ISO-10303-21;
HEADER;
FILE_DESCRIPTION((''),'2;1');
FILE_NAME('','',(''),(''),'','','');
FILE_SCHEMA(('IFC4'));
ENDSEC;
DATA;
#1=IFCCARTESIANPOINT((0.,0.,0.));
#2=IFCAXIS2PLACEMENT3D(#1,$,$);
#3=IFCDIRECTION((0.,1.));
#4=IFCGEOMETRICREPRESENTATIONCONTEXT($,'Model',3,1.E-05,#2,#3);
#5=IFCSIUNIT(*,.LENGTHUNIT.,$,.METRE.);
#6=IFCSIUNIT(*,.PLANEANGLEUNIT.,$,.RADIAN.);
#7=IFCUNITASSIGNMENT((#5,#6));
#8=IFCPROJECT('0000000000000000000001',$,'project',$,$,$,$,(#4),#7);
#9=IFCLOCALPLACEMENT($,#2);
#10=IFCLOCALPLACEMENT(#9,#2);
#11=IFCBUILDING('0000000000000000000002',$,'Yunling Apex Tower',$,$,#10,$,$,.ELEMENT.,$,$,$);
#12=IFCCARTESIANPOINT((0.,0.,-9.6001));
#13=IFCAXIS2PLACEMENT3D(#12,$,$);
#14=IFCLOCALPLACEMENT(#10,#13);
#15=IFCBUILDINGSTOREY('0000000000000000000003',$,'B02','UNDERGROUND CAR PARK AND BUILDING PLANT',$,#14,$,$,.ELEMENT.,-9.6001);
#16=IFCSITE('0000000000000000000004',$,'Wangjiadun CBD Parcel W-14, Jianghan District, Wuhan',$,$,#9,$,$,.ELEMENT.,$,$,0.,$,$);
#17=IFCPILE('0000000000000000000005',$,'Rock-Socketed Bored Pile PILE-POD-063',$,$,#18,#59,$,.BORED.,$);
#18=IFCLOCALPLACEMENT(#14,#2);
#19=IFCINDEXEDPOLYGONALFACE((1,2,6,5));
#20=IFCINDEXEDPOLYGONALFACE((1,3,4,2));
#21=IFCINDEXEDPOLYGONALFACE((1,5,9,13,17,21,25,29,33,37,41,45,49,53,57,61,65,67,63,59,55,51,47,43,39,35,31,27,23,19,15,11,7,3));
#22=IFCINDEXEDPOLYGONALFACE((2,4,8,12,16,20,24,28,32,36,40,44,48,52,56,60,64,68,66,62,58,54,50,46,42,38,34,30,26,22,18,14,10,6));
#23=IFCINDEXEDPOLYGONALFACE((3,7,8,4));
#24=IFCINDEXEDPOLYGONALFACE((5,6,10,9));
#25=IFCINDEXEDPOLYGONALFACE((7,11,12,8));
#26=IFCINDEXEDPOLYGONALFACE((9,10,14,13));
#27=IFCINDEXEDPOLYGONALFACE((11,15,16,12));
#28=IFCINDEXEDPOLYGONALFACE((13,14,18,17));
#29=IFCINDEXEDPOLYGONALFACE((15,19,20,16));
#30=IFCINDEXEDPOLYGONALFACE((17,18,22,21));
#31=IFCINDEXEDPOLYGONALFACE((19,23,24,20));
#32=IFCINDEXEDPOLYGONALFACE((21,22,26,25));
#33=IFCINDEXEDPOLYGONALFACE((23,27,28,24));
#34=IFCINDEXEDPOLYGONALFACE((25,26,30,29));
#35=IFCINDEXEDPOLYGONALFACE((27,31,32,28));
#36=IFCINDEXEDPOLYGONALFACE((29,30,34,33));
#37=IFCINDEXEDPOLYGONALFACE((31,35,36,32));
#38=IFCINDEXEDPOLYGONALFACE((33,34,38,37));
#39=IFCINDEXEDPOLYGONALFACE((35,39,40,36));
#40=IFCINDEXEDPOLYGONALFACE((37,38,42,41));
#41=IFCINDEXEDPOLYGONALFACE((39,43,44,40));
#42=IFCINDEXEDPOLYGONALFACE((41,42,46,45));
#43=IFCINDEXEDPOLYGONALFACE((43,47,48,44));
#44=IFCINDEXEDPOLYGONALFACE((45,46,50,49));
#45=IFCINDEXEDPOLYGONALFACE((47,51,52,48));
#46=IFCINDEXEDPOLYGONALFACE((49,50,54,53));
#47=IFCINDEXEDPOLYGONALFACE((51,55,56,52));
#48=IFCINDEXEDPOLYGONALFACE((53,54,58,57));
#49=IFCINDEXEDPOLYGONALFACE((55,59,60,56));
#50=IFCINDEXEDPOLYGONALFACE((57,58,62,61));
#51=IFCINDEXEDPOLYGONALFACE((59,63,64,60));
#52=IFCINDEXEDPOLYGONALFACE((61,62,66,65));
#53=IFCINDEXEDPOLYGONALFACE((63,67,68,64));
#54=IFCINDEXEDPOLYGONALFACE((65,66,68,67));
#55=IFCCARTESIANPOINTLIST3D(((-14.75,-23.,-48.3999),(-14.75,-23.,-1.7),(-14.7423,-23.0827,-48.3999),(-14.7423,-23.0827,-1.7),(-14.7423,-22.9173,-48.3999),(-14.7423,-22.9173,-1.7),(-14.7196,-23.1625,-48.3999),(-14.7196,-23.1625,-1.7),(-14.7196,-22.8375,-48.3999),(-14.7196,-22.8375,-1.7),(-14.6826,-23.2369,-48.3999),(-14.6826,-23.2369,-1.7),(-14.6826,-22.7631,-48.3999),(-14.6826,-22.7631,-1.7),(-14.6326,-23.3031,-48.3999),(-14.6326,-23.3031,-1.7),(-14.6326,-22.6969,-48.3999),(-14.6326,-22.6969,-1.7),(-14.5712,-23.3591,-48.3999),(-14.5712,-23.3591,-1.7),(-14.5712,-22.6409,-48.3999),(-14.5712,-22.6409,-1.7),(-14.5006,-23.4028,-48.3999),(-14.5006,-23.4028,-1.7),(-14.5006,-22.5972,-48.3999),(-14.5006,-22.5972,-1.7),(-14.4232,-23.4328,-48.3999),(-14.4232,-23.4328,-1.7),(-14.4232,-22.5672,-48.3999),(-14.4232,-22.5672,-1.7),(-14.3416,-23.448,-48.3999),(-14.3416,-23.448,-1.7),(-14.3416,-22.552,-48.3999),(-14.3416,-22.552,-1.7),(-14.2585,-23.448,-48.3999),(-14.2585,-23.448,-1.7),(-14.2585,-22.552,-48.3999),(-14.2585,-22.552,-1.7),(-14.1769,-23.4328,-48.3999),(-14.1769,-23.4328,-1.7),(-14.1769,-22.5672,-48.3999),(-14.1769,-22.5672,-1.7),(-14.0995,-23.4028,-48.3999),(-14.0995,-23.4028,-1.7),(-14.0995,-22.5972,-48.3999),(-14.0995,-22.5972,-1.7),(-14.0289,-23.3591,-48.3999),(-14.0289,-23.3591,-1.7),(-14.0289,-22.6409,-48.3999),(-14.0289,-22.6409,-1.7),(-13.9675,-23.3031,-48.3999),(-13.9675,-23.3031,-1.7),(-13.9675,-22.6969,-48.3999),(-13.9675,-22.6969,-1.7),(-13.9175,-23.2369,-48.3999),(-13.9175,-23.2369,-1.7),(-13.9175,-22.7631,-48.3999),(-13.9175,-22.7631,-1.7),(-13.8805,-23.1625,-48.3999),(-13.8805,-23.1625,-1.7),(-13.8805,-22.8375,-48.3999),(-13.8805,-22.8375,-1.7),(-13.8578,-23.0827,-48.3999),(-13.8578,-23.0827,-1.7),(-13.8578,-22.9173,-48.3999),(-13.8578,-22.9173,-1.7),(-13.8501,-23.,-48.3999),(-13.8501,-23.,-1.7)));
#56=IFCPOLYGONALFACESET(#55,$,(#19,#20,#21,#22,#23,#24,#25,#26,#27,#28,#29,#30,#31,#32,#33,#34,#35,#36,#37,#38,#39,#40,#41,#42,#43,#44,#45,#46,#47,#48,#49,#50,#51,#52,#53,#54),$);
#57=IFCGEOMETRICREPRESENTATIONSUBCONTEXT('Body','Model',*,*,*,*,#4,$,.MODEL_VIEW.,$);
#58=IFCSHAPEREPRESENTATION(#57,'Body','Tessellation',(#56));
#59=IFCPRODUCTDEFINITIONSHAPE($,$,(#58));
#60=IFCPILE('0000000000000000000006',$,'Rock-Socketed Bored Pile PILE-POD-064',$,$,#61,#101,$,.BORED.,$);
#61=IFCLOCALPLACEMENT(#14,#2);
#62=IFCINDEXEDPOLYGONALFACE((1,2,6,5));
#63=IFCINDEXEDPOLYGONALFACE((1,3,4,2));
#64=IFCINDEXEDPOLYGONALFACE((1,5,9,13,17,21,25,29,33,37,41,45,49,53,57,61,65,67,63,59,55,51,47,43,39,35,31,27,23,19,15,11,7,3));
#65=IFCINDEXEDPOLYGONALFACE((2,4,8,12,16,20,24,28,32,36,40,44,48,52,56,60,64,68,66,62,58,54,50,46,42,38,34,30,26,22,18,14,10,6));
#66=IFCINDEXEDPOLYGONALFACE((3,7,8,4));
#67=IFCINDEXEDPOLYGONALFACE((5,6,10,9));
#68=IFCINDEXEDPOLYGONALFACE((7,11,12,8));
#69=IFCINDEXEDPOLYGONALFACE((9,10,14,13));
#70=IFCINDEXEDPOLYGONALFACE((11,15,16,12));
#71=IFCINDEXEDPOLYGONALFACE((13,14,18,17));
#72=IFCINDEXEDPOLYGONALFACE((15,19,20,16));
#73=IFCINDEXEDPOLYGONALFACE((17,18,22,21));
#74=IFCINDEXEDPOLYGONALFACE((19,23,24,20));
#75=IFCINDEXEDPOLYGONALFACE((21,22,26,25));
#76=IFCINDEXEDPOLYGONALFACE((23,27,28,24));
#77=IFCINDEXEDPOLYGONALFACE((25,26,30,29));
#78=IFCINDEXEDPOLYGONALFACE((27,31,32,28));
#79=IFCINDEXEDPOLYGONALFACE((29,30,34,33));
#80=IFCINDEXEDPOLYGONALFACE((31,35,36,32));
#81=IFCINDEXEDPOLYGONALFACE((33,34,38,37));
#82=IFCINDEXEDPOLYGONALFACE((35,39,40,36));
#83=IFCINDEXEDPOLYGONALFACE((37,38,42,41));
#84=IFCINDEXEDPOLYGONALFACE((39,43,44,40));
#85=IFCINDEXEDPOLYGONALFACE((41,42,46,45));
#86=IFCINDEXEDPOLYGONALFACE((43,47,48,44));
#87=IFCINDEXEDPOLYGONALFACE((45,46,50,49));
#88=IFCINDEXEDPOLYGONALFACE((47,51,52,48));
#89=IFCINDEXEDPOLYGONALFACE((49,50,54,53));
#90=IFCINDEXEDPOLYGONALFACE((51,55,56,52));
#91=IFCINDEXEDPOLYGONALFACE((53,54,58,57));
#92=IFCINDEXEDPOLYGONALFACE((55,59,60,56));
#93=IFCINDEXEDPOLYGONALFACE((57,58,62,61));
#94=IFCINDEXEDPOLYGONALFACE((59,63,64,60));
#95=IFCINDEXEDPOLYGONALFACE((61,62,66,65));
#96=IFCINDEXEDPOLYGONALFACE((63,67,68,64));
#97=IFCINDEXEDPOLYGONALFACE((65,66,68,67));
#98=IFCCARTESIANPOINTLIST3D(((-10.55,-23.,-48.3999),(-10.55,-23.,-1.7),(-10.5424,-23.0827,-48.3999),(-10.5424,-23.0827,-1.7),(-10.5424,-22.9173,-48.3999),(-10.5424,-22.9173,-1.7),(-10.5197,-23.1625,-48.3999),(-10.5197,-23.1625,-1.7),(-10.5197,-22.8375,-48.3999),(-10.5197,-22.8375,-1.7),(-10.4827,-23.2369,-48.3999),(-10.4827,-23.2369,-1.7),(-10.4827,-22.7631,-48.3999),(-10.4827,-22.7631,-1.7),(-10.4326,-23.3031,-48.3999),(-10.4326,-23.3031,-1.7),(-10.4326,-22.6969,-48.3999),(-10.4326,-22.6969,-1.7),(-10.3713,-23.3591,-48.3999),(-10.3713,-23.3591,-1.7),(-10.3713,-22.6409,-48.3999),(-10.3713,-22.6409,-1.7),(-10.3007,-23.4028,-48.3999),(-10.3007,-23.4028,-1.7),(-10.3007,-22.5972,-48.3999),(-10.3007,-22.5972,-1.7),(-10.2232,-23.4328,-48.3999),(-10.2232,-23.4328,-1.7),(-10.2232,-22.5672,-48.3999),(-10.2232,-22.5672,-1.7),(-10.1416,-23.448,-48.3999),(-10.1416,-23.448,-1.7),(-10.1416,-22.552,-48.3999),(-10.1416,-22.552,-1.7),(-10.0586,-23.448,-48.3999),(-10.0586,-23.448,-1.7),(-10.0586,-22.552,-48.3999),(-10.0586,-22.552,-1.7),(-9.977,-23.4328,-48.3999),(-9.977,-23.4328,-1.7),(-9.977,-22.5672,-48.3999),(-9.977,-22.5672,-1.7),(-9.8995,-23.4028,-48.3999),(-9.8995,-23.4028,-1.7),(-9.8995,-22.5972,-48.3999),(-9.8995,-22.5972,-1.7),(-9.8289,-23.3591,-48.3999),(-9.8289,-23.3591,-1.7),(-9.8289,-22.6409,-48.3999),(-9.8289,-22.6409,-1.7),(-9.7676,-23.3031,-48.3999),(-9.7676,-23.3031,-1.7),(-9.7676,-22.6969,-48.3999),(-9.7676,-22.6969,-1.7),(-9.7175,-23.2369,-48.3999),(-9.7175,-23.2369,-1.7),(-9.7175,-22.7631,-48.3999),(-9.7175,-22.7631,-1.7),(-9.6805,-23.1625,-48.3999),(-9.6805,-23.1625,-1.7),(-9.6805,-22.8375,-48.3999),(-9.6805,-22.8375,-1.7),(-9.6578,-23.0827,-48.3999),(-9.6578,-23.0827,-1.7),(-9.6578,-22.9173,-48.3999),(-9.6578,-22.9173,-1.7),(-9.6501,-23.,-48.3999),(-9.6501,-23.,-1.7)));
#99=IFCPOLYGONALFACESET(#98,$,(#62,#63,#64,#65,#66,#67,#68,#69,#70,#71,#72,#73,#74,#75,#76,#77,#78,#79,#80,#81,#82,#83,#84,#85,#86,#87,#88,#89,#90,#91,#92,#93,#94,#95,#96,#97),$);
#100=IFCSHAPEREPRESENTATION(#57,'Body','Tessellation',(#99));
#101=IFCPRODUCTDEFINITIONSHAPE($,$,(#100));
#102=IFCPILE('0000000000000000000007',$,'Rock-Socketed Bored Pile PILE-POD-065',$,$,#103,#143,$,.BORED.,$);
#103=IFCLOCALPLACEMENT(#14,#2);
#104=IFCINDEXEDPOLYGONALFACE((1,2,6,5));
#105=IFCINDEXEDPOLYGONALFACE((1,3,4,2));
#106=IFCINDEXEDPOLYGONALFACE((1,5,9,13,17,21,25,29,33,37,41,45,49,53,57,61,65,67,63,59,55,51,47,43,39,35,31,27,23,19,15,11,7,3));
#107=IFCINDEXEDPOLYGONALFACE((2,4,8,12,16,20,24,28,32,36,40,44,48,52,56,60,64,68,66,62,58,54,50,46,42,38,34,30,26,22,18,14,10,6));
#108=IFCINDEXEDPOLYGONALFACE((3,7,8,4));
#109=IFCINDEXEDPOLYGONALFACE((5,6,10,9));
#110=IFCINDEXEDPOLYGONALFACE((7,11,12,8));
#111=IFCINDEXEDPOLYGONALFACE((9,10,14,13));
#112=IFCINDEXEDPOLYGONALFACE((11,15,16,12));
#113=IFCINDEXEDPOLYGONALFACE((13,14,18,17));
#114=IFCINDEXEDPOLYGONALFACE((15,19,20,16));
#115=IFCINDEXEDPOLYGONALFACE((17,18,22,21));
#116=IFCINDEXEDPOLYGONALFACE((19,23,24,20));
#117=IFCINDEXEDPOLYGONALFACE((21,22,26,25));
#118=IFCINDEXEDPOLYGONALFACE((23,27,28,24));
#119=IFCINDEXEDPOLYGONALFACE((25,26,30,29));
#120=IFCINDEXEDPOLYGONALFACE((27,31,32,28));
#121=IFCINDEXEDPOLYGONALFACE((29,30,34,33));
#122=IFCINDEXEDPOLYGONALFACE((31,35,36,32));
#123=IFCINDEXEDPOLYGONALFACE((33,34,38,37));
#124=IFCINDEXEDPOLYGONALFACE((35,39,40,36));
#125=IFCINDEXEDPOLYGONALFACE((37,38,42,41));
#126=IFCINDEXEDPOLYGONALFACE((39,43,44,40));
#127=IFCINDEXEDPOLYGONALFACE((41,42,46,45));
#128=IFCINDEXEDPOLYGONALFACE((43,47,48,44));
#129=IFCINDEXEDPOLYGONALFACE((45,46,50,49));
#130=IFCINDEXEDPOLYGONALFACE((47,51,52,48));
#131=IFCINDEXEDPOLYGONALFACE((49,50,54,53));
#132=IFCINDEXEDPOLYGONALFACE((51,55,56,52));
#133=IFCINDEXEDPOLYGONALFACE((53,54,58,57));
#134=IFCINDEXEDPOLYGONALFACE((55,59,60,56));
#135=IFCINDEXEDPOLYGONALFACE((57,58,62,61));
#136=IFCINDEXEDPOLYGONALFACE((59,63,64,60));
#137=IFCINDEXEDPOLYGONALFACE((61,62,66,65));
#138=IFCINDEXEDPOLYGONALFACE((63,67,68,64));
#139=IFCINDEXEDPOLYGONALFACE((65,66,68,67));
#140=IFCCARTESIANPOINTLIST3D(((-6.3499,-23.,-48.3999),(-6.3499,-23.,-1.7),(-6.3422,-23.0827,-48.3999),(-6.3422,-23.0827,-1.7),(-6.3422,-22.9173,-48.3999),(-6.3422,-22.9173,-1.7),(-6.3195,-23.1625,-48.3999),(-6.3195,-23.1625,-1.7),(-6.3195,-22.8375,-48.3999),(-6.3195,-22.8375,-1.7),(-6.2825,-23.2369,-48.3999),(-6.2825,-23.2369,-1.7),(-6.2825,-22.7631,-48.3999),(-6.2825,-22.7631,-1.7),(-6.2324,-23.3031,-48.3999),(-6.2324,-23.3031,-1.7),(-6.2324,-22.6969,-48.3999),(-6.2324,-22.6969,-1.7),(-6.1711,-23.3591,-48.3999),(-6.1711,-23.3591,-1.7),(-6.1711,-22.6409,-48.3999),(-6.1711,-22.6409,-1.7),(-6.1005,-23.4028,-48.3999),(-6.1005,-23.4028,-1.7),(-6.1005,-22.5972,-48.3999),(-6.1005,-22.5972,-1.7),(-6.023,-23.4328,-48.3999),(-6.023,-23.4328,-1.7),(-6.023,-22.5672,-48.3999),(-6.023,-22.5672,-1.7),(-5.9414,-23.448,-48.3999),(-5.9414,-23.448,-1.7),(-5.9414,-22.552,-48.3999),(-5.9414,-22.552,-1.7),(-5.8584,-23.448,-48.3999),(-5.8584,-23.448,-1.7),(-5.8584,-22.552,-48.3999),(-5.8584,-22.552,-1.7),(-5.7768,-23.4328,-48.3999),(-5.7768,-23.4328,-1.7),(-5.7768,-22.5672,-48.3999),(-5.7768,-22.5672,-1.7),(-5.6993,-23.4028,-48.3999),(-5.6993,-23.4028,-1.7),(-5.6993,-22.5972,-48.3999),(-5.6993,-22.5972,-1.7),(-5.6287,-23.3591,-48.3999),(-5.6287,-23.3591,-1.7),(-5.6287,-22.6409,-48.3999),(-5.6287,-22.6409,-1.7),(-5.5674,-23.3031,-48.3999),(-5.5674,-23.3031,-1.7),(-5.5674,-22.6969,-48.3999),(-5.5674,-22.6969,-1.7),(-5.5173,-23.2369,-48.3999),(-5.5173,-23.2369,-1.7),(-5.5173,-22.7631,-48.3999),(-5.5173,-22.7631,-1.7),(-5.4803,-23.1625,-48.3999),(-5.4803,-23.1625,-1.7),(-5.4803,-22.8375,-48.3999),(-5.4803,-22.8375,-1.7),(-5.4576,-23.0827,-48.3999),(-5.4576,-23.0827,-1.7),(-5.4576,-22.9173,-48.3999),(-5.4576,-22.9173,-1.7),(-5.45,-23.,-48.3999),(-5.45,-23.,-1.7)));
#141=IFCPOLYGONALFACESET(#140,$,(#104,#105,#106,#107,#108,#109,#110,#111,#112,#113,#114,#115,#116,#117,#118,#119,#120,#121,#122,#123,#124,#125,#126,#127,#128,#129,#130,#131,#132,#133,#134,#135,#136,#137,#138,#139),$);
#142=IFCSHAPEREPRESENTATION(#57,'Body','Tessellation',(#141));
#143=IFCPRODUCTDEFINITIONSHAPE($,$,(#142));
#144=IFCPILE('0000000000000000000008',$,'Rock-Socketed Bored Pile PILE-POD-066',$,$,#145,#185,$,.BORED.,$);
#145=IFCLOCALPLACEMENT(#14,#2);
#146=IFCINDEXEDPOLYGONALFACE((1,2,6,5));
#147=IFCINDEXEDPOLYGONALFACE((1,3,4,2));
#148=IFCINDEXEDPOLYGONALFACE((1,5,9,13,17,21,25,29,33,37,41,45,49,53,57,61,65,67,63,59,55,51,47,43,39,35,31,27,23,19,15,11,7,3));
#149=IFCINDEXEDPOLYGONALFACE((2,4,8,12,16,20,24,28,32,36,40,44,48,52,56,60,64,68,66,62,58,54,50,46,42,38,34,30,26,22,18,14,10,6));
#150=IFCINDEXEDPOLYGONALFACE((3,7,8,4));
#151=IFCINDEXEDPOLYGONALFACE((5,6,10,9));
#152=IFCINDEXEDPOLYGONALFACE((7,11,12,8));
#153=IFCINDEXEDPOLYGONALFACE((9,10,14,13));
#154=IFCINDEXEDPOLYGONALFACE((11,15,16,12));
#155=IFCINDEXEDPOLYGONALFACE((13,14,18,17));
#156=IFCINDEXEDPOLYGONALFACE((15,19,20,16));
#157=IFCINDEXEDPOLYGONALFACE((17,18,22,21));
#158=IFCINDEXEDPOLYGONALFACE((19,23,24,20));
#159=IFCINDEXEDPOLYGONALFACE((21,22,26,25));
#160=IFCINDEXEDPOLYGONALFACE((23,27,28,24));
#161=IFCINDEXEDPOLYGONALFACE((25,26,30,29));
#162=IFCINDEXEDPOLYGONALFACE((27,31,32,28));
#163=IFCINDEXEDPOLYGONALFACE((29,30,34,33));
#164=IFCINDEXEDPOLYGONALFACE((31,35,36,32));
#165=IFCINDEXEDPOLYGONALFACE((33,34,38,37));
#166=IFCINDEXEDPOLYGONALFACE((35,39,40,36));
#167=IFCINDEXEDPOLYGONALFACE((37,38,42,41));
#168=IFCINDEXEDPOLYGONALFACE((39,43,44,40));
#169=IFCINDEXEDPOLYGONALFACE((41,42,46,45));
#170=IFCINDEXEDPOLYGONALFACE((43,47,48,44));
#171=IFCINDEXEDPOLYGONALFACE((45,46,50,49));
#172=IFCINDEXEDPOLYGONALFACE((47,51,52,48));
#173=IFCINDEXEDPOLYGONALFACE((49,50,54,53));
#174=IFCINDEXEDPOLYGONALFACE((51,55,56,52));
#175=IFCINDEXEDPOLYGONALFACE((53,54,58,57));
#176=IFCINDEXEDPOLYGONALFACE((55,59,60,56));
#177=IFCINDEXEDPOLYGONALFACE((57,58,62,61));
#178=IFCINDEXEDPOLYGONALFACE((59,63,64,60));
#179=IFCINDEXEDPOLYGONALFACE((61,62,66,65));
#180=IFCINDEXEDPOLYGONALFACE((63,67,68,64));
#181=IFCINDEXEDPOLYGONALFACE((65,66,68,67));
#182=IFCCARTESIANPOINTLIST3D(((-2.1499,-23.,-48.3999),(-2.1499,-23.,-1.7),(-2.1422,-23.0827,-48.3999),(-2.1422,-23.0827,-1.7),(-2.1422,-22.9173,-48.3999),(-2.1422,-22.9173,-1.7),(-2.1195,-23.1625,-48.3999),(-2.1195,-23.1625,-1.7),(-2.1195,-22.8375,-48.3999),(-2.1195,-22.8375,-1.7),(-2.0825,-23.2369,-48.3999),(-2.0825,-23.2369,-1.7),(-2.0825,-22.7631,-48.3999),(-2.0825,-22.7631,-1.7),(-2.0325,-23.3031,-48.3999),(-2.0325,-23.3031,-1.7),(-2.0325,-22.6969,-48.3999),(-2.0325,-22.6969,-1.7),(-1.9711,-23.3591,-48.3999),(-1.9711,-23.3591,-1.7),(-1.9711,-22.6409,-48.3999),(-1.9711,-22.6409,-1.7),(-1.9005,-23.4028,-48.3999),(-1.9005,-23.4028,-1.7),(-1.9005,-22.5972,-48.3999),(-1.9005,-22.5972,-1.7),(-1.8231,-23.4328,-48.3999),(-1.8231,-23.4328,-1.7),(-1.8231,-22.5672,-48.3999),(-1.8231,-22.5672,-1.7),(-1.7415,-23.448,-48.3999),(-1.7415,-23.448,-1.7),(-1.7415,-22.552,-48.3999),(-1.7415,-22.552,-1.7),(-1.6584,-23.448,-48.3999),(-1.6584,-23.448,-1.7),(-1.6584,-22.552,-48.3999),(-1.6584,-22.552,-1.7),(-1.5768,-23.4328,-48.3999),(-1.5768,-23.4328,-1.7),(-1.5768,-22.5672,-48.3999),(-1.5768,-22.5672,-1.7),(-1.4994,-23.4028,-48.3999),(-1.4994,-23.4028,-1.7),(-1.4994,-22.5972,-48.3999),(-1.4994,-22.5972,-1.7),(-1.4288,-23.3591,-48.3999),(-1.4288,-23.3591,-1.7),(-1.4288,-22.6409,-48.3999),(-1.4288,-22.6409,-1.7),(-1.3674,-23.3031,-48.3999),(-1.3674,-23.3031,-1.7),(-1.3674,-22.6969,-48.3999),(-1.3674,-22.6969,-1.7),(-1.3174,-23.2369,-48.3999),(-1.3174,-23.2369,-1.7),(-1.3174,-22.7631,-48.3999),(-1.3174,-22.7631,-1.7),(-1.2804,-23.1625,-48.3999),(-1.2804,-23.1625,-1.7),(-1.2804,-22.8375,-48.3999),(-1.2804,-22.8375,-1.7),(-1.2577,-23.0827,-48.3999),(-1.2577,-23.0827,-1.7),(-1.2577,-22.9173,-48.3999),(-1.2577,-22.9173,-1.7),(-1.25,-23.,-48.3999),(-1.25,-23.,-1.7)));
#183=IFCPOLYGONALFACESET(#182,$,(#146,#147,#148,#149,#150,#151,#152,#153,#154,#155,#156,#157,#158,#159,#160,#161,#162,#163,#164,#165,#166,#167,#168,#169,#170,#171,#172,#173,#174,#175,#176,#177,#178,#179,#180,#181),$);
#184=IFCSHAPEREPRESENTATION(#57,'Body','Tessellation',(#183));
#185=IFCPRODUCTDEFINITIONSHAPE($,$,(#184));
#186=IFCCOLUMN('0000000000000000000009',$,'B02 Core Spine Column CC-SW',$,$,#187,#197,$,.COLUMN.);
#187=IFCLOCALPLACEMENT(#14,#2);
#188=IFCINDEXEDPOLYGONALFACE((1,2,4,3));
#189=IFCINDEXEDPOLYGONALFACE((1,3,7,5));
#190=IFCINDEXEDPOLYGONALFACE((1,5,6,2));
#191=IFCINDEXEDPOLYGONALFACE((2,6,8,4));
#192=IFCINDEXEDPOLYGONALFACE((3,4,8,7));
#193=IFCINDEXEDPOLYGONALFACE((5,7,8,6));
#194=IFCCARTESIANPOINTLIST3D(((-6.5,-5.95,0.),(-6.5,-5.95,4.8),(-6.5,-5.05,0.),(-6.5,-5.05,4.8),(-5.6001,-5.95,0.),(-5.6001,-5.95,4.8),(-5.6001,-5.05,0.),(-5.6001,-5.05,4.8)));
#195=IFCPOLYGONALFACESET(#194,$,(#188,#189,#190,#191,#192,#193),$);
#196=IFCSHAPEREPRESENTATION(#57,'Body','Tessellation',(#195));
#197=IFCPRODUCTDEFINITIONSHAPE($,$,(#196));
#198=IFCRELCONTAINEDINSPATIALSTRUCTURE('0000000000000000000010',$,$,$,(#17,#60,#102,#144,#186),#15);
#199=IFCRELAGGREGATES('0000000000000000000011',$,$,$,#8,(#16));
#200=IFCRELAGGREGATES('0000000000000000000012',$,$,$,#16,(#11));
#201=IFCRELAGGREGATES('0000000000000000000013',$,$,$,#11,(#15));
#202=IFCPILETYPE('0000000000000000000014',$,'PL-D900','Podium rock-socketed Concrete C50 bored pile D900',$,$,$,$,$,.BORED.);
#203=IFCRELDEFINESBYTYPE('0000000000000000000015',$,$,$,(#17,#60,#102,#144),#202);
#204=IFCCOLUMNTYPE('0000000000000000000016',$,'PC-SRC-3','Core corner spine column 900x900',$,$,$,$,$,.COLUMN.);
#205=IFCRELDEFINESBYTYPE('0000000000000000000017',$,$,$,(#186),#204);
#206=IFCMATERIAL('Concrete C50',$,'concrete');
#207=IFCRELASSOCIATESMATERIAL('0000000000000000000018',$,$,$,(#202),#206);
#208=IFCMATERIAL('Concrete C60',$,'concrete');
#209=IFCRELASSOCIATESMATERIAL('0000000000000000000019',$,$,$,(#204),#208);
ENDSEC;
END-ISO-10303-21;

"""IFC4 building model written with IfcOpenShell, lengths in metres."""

from ifc_helpers import new_model, si_unit, direction, frame, origin, origin_2d, place, context, subcontext, project, spatial, rectangle, circle, extrude, source, transform, mapped, material, material_profile, profile_set, type_object, element, save


model = new_model("IFC4")

# Units and contexts
model_context = context("Model", 3, precision=1e-05, world=origin(), true_north=direction((0.0, 1.0)))
body_context = subcontext(model_context, "Body", "Model", "MODEL_VIEW")
ifc_project = project(units=[si_unit("LENGTHUNIT", "METRE"), si_unit("PLANEANGLEUNIT", "RADIAN")], contexts=[model_context])

# Site, building, storey
site_placement = place(None, origin())
site = spatial("IfcSite", under=ifc_project, at=site_placement, Name="Wangjiadun CBD Parcel W-14, Jianghan District, Wuhan", CompositionType="ELEMENT", RefElevation=0.0)
building_placement = place(site_placement, origin())
building = spatial("IfcBuilding", under=site, at=building_placement, Name="Yunling Apex Tower", CompositionType="ELEMENT")
storey_placement = place(building_placement, frame((0.0, 0.0, -9.6001)))
storey = spatial("IfcBuildingStorey", under=building, at=storey_placement, Name="B02", Description="UNDERGROUND CAR PARK AND BUILDING PLANT", CompositionType="ELEMENT", Elevation=-9.6001)

# Shared definitions
ifc_material_1 = material(Name="Concrete C50", Category="concrete")

# Piles
ifc_material_profile_1 = material_profile(ifc_material_1, circle(Radius=0.45, at=origin_2d()))
ifc_profile_set_1 = profile_set([ifc_material_profile_1], Name="Concrete C50")
pile_type_1 = type_object("IfcPileType", Name="PL-D900", Description="Podium rock-socketed Concrete C50 bored pile D900", PredefinedType="BORED", material=ifc_profile_set_1)
shared_shape_1 = source(origin(), body_context, "Body", "SweptSolid", [
    extrude(circle(Radius=0.45, at=origin_2d()), origin(), (0.0, 0.0, 1.0), 46.7),
])
for number, where, z_axis, x_axis, name in (
    (1, (-14.3, -23.0, -1.7), (0.0, 0.0, -1.0), (1.0, 0.0, 0.0), "Rock-Socketed Bored Pile PILE-POD-063"),
    (2, (-10.1001, -23.0, -1.7), (0.0, 0.0, -1.0), (1.0, 0.0, 0.0), "Rock-Socketed Bored Pile PILE-POD-064"),
    (3, (-5.8999, -23.0, -1.7), (0.0, 0.0, -1.0), (1.0, 0.0, 0.0), "Rock-Socketed Bored Pile PILE-POD-065"),
    (4, (-1.7, -23.0, -1.7), (0.0, 0.0, -1.0), (1.0, 0.0, 0.0), "Rock-Socketed Bored Pile PILE-POD-066"),
):
    element("IfcPile", number, at=place(storey_placement, frame(where, z_axis=z_axis, x_axis=x_axis)), inside=storey, type_object=pile_type_1, Name=name, PredefinedType="BORED", context=body_context, shape_type="MappedRepresentation", body=[
        mapped(shared_shape_1, transform((0.0, 0.0, 0.0), scale=1.0)),
    ])

# Column
ifc_material_2 = material(Name="Concrete C60", Category="concrete")
ifc_material_profile_2 = material_profile(ifc_material_2, rectangle(XDim=0.8999, YDim=0.8999, at=origin_2d()))
ifc_profile_set_2 = profile_set([ifc_material_profile_2], Name="Concrete C60")
column_type_1 = type_object("IfcColumnType", Name="PC-SRC-3", Description="Core corner spine column 900x900", PredefinedType="COLUMN", material=ifc_profile_set_2)
shared_shape_2 = source(origin(), body_context, "Body", "SweptSolid", [
    extrude(rectangle(XDim=0.8999, YDim=0.8999, at=origin_2d()), origin(), (0.0, 0.0, 1.0), 4.8),
])
column_placement = place(storey_placement, frame((-6.05, -5.5, 0.0), z_axis=(0.0, 0.0, 1.0), x_axis=(1.0, 0.0, 0.0)))
element("IfcColumn", 5, at=column_placement, inside=storey, type_object=column_type_1, Name="B02 Core Spine Column CC-SW", PredefinedType="COLUMN", context=body_context, shape_type="MappedRepresentation", body=[
    mapped(shared_shape_2, transform((0.0, 0.0, 0.0), scale=1.0)),
])

save(model, "model.ifc")
